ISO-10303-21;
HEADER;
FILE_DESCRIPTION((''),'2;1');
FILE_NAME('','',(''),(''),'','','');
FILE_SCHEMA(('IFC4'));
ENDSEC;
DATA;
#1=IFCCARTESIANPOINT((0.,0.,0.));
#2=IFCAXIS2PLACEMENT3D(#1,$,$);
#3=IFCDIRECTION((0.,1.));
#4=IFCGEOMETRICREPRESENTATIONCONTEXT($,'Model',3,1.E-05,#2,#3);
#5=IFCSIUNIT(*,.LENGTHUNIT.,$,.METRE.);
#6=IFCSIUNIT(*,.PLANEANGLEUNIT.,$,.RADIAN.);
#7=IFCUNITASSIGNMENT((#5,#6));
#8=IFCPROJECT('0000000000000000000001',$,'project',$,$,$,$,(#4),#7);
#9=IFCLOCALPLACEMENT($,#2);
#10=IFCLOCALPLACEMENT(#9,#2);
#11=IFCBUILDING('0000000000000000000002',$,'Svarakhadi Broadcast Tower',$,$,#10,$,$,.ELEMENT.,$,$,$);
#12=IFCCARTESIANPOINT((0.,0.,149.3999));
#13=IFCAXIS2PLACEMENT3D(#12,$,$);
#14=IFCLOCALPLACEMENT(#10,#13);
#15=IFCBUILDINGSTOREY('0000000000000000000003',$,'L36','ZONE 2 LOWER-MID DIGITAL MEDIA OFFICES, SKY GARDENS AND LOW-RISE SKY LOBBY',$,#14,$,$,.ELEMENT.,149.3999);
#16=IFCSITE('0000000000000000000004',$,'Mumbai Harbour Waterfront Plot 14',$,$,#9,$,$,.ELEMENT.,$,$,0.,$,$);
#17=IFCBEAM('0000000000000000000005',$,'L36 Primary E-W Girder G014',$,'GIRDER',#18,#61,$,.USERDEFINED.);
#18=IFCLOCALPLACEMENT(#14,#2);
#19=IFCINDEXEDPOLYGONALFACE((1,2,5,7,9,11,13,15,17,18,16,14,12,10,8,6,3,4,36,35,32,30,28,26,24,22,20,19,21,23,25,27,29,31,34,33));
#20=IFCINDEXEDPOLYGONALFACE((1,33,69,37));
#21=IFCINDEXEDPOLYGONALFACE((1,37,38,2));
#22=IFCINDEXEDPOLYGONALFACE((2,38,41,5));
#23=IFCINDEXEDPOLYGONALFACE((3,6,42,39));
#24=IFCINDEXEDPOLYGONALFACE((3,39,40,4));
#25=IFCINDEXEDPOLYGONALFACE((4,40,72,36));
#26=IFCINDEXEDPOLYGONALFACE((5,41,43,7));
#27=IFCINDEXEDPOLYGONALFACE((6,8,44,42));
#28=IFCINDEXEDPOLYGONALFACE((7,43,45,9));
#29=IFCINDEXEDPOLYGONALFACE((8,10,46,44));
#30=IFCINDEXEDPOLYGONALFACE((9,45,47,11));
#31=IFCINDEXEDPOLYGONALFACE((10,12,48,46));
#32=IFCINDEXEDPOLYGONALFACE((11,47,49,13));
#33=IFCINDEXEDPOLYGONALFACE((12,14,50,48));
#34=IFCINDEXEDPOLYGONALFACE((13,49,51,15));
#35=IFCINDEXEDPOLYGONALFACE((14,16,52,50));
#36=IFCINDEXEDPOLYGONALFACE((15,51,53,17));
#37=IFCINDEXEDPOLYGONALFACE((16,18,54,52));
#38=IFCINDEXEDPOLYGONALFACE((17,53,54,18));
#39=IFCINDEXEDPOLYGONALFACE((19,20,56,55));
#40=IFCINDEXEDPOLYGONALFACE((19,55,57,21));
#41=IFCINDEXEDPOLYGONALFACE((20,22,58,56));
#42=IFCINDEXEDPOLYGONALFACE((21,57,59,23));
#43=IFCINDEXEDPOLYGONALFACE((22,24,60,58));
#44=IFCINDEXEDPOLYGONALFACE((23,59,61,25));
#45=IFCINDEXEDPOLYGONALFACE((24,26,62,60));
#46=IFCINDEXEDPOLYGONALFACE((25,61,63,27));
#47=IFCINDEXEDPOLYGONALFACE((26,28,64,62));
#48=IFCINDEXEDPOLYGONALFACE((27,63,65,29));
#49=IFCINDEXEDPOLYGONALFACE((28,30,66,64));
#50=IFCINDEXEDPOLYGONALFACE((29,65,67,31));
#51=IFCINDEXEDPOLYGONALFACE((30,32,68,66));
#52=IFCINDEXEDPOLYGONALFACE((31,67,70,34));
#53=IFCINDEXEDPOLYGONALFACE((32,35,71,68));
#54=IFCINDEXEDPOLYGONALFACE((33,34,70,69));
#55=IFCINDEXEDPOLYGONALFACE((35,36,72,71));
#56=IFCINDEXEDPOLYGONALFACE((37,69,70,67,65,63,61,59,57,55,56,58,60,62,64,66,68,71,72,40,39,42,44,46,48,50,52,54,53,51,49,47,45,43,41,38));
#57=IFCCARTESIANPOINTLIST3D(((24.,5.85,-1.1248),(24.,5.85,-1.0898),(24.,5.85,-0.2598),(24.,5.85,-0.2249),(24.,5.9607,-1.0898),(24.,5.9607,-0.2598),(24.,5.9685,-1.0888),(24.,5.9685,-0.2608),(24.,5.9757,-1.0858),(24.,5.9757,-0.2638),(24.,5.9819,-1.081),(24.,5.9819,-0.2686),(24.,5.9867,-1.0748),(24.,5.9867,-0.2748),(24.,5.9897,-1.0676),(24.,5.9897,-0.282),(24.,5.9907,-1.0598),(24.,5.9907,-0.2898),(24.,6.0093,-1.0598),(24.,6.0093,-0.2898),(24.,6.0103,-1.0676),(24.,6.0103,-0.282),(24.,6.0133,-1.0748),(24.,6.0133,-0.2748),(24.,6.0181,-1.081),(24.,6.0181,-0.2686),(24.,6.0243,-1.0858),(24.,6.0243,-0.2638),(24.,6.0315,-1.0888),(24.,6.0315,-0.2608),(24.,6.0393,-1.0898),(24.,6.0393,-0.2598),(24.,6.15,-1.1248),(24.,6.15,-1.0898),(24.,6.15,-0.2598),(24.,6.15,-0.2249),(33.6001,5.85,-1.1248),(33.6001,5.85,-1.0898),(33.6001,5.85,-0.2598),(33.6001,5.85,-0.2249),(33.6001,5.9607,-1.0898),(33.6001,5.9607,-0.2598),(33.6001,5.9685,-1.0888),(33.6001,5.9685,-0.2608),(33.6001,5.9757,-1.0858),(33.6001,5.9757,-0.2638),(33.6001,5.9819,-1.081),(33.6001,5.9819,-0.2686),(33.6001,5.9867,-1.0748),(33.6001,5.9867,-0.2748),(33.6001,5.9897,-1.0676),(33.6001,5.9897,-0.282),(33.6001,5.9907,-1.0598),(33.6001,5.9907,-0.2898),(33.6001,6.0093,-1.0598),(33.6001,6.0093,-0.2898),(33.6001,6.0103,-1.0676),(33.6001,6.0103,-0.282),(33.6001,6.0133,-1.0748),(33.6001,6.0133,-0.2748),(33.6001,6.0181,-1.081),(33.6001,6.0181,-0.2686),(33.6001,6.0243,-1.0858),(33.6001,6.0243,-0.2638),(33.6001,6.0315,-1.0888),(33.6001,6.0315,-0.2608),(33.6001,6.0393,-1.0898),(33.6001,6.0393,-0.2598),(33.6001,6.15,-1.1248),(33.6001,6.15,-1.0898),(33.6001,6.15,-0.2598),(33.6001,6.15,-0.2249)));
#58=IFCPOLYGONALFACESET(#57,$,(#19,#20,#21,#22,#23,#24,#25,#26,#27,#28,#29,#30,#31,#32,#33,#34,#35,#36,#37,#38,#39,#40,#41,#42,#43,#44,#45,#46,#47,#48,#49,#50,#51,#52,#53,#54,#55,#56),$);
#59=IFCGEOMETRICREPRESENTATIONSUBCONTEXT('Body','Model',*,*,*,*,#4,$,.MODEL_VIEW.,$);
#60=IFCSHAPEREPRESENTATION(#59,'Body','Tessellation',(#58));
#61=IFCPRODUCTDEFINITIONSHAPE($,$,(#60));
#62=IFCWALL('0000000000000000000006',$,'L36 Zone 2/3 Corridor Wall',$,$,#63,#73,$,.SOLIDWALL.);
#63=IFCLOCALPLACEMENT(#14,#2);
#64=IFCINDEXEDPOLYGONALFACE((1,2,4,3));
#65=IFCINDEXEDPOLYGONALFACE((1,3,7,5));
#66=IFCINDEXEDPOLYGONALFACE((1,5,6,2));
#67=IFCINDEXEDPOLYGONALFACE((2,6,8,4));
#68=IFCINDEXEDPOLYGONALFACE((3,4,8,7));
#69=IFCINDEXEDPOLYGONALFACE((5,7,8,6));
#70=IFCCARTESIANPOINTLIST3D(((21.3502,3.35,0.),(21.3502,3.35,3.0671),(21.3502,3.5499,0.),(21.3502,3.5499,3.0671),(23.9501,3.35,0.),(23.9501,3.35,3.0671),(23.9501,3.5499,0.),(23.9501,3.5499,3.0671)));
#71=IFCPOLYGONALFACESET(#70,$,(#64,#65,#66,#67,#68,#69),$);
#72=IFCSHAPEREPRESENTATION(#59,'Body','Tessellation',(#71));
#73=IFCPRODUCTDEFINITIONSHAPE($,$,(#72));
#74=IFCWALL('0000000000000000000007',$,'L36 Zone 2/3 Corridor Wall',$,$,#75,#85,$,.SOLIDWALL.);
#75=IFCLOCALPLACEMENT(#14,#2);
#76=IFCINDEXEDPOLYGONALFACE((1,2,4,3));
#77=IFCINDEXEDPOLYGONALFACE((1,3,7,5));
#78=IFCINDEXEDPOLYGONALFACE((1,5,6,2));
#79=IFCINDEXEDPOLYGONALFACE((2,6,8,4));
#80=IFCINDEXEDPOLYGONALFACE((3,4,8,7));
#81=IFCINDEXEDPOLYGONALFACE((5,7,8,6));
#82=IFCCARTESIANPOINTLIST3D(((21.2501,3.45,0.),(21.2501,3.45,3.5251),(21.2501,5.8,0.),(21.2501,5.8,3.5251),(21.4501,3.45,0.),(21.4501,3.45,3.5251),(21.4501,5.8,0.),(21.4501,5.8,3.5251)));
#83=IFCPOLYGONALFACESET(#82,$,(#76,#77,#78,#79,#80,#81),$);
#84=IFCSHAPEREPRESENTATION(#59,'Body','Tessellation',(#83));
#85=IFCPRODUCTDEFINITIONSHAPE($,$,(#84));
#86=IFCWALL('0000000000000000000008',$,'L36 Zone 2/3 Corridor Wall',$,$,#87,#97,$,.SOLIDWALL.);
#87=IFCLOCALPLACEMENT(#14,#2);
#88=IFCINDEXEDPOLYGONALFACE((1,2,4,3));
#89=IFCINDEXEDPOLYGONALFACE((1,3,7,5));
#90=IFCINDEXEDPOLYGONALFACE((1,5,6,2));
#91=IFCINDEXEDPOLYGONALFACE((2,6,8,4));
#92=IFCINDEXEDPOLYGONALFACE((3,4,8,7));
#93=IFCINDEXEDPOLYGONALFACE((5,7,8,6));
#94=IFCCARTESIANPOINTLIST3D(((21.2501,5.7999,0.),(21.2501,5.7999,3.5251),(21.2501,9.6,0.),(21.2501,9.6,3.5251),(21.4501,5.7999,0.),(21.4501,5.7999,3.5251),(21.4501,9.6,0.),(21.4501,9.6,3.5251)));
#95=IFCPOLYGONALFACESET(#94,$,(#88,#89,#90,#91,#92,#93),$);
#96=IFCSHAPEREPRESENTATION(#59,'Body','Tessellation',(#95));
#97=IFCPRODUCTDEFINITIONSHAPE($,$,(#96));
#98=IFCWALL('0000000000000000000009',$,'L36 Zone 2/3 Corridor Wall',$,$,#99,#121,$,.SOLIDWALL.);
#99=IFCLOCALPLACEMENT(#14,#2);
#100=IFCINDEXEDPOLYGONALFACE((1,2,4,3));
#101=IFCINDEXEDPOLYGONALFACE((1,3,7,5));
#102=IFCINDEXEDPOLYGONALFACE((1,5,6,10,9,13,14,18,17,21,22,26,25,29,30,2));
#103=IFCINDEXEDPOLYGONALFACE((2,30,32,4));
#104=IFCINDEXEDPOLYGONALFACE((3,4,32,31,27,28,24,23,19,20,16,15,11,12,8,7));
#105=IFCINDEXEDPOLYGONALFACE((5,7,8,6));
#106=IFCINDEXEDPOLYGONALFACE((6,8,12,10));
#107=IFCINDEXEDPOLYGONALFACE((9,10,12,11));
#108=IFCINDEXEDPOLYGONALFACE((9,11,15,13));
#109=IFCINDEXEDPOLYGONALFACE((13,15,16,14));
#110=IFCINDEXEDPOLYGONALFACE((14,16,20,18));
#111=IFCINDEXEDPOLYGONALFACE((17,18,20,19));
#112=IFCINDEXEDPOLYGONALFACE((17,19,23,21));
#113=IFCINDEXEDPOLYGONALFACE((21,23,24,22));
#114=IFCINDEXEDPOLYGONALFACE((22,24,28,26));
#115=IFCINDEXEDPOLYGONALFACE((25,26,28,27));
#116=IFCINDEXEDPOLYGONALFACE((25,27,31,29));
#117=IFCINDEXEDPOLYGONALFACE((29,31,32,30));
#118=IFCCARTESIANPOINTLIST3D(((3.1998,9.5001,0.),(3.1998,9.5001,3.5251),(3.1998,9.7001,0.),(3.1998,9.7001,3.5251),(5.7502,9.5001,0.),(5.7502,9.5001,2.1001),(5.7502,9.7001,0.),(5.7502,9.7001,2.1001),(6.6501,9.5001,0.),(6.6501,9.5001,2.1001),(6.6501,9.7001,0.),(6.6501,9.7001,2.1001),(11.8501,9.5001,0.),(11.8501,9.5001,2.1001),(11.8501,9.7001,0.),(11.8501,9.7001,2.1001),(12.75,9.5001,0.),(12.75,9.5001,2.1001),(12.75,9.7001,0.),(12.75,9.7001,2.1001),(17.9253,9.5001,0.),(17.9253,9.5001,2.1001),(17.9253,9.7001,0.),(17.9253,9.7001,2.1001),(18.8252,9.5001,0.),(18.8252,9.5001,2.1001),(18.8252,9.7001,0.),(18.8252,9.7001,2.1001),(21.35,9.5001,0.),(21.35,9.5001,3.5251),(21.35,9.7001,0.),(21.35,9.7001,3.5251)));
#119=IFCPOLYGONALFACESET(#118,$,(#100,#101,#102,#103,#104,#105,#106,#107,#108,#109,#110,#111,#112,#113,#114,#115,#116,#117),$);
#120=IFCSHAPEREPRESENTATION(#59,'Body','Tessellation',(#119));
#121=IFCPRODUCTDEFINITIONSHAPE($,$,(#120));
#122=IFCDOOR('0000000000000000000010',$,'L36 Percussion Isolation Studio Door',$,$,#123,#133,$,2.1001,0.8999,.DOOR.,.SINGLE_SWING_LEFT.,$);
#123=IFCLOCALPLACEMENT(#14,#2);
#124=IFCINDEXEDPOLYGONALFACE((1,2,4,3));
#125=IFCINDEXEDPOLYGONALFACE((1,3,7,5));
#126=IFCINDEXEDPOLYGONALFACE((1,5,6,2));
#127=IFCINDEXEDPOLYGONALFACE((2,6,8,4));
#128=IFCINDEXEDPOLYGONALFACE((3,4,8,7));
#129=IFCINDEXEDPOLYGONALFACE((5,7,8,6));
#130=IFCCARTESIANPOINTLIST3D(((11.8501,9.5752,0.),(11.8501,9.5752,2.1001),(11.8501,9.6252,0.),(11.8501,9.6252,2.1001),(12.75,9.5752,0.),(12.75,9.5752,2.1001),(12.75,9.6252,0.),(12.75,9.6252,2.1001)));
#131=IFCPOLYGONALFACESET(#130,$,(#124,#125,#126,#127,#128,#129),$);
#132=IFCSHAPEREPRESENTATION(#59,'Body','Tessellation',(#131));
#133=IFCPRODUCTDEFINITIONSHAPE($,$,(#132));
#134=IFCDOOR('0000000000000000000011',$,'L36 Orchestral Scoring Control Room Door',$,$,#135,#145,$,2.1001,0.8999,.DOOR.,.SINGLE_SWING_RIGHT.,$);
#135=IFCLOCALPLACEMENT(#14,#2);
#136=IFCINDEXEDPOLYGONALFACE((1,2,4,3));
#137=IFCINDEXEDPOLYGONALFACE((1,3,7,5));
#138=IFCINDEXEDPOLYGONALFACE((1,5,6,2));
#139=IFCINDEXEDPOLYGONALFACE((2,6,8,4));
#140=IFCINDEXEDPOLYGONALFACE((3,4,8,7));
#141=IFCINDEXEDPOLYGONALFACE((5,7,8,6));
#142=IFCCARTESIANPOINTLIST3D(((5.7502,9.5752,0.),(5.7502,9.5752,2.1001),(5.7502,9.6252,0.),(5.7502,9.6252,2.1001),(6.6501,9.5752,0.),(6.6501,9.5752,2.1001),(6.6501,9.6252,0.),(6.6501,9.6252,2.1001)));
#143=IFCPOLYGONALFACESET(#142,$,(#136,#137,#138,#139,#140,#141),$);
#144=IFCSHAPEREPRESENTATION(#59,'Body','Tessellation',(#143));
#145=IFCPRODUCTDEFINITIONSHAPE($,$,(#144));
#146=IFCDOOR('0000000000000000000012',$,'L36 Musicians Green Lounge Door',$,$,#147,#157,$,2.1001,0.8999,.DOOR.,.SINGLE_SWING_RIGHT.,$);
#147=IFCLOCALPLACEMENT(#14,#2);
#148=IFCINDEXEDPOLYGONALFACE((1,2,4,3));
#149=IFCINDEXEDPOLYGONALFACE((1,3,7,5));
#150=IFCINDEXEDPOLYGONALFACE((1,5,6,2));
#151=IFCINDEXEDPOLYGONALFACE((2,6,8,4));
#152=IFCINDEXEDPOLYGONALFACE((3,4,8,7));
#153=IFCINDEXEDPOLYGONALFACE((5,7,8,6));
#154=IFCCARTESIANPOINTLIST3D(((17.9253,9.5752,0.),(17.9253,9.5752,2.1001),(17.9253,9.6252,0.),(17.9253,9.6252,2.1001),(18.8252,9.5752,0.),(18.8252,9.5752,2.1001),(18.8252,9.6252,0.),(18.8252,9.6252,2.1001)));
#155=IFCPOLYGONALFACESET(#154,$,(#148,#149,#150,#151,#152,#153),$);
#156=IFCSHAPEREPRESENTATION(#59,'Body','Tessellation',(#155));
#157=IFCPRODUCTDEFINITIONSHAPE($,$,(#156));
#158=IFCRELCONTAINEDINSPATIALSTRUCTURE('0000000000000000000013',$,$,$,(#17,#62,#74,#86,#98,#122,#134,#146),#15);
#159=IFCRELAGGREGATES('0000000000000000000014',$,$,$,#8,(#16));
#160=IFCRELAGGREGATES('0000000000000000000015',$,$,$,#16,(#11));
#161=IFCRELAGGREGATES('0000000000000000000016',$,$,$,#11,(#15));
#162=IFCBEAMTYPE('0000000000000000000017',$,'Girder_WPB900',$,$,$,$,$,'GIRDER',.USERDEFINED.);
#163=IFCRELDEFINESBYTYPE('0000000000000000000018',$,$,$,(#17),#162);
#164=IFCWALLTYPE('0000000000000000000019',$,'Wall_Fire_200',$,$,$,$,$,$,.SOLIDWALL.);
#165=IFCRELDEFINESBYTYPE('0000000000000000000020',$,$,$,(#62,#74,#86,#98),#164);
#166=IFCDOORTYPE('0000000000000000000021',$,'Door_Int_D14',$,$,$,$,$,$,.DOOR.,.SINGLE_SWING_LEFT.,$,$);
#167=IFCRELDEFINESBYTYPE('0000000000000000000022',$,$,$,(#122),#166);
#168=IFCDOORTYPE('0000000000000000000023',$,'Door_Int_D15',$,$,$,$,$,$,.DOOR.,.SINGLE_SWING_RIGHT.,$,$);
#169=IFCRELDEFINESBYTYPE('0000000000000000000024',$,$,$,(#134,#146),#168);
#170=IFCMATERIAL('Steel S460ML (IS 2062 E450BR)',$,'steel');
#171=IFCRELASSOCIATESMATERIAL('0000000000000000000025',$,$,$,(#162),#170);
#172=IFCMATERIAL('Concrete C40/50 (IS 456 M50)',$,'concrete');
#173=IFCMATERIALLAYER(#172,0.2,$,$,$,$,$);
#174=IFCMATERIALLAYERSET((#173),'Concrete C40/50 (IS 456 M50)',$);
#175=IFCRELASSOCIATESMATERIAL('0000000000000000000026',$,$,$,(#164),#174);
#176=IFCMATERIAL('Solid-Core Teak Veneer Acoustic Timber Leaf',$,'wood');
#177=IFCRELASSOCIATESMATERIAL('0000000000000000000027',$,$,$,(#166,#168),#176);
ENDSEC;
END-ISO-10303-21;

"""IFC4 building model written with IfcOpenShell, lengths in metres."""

from ifc_helpers import new_model, si_unit, direction, frame, frame_2d, origin, origin_2d, place, context, subcontext, project, spatial, rectangle, i_section, extrude, material, layer, layer_set, material_profile, profile_set, type_object, element, fill, save


model = new_model("IFC4")

# Units and contexts
model_context = context("Model", 3, precision=1e-05, world=origin(), true_north=direction((0.0, 1.0)))
body_context = subcontext(model_context, "Body", "Model", "MODEL_VIEW")
ifc_project = project(units=[si_unit("LENGTHUNIT", "METRE"), si_unit("PLANEANGLEUNIT", "RADIAN")], contexts=[model_context])

# Site, building, storey
site_placement = place(None, origin())
site = spatial("IfcSite", under=ifc_project, at=site_placement, Name="Mumbai Harbour Waterfront Plot 14", CompositionType="ELEMENT", RefElevation=0.0)
building_placement = place(site_placement, origin())
building = spatial("IfcBuilding", under=site, at=building_placement, Name="Svarakhadi Broadcast Tower", CompositionType="ELEMENT")
storey_placement = place(building_placement, frame((0.0, 0.0, 149.3999)))
storey = spatial("IfcBuildingStorey", under=building, at=storey_placement, Name="L36", Description="ZONE 2 LOWER-MID DIGITAL MEDIA OFFICES, SKY GARDENS AND LOW-RISE SKY LOBBY", CompositionType="ELEMENT", Elevation=149.3999)

# Beam
ifc_material_1 = material(Name="Steel S460ML (IS 2062 E450BR)", Category="steel")
ifc_material_profile_1 = material_profile(ifc_material_1, i_section(OverallWidth=0.3, OverallDepth=0.8999, WebThickness=0.0186, FlangeThickness=0.0349, FilletRadius=0.03, at=origin_2d()), Name="WPB 900x300x291")
ifc_profile_set_1 = profile_set([ifc_material_profile_1], Name="Steel S460ML (IS 2062 E450BR)")
beam_type_1 = type_object("IfcBeamType", Name="Girder_WPB900", ElementType="GIRDER", PredefinedType="USERDEFINED", material=ifc_profile_set_1)
beam_1_placement = place(storey_placement, frame((24.0, 6.0, -0.6748), z_axis=(1.0, 0.0, 0.0), x_axis=(0.0, 1.0, 0.0)))
element("IfcBeam", 1, at=beam_1_placement, inside=storey, type_object=beam_type_1, Name="L36 Primary E-W Girder G014", ObjectType="GIRDER", PredefinedType="USERDEFINED", context=body_context, shape_type="SweptSolid", body=[
    extrude(i_section(OverallWidth=0.3, OverallDepth=0.8999, WebThickness=0.0186, FlangeThickness=0.0349, FilletRadius=0.03, at=origin_2d()), origin(), (0.0, 0.0, 1.0), 9.6001),
])

# Walls
ifc_material_2 = material(Name="Concrete C40/50 (IS 456 M50)", Category="concrete")
ifc_layer_1 = layer(ifc_material_2, 0.2)
ifc_layer_set_1 = layer_set([ifc_layer_1], Name="Concrete C40/50 (IS 456 M50)")
wall_type_1 = type_object("IfcWallType", Name="Wall_Fire_200", PredefinedType="SOLIDWALL", material=ifc_layer_set_1)
wall_1_placement = place(storey_placement, frame((23.95, 3.45, 0.0), z_axis=(0.0, 0.0, 1.0), x_axis=(-1.0, 0.0, 0.0)))
element("IfcWall", 2, at=wall_1_placement, inside=storey, type_object=wall_type_1, Name="L36 Zone 2/3 Corridor Wall", PredefinedType="SOLIDWALL", context=body_context, shape_type="SweptSolid", body=[
    extrude(rectangle(XDim=2.5999, YDim=0.2, at=frame_2d((1.2998, 0.0))), origin(), (0.0, 0.0, 1.0), 3.0671),
])
wall_2_placement = place(storey_placement, frame((21.3501, 3.45, 0.0), z_axis=(0.0, 0.0, 1.0), x_axis=(0.0, 1.0, 0.0)))
element("IfcWall", 3, at=wall_2_placement, inside=storey, type_object=wall_type_1, Name="L36 Zone 2/3 Corridor Wall", PredefinedType="SOLIDWALL", context=body_context, shape_type="SweptSolid", body=[
    extrude(rectangle(XDim=2.3501, YDim=0.2, at=frame_2d((1.175, 0.0))), origin(), (0.0, 0.0, 1.0), 3.5251),
])
wall_3_placement = place(storey_placement, frame((21.3501, 5.8, 0.0), z_axis=(0.0, 0.0, 1.0), x_axis=(0.0, 1.0, 0.0)))
element("IfcWall", 4, at=wall_3_placement, inside=storey, type_object=wall_type_1, Name="L36 Zone 2/3 Corridor Wall", PredefinedType="SOLIDWALL", context=body_context, shape_type="SweptSolid", body=[
    extrude(rectangle(XDim=3.8, YDim=0.2, at=frame_2d((1.8999, 0.0))), origin(), (0.0, 0.0, 1.0), 3.5251),
])

# Wall, openings, doors
wall_4_placement = place(storey_placement, frame((21.3501, 9.6001, 0.0), z_axis=(0.0, 0.0, 1.0), x_axis=(-1.0, 0.0, 0.0)))
wall_4 = element("IfcWall", 5, at=wall_4_placement, inside=storey, type_object=wall_type_1, Name="L36 Zone 2/3 Corridor Wall", PredefinedType="SOLIDWALL", context=body_context, shape_type="SweptSolid", body=[
    extrude(rectangle(XDim=18.1501, YDim=0.2, at=frame_2d((9.0752, 0.0))), origin(), (0.0, 0.0, 1.0), 3.5251),
])
opening_1_placement = place(wall_4_placement, frame((14.7, 0.0, 0.0)))
opening_1 = element("IfcOpeningElement", 6, at=opening_1_placement, cuts=wall_4, PredefinedType="OPENING", context=body_context, shape_type="SweptSolid", body=[
    extrude(rectangle(XDim=0.8999, YDim=2.1001, at=frame_2d((0.45, 1.05))), frame((0.0, 0.1099, 0.0), z_axis=(0.0, -1.0, 0.0), x_axis=(1.0, 0.0, 0.0)), (0.0, 0.0, 1.0), 0.22),
])
opening_2_placement = place(wall_4_placement, frame((8.6001, 0.0, 0.0)))
opening_2 = element("IfcOpeningElement", 7, at=opening_2_placement, cuts=wall_4, PredefinedType="OPENING", context=body_context, shape_type="SweptSolid", body=[
    extrude(rectangle(XDim=0.8999, YDim=2.1001, at=frame_2d((0.45, 1.05))), frame((0.0, 0.1099, 0.0), z_axis=(0.0, -1.0, 0.0), x_axis=(1.0, 0.0, 0.0)), (0.0, 0.0, 1.0), 0.22),
])
opening_3_placement = place(wall_4_placement, frame((2.5249, 0.0, 0.0)))
opening_3 = element("IfcOpeningElement", 8, at=opening_3_placement, cuts=wall_4, PredefinedType="OPENING", context=body_context, shape_type="SweptSolid", body=[
    extrude(rectangle(XDim=0.8999, YDim=2.1001, at=frame_2d((0.45, 1.05))), frame((0.0, 0.1099, 0.0), z_axis=(0.0, -1.0, 0.0), x_axis=(1.0, 0.0, 0.0)), (0.0, 0.0, 1.0), 0.22),
])
ifc_material_3 = material(Name="Solid-Core Teak Veneer Acoustic Timber Leaf", Category="wood")
door_type_1 = type_object("IfcDoorType", Name="Door_Int_D14", OperationType="SINGLE_SWING_LEFT", PredefinedType="DOOR", material=ifc_material_3)
door_1_placement = place(opening_2_placement, origin())
door_1 = element("IfcDoor", 9, at=door_1_placement, inside=storey, type_object=door_type_1, Name="L36 Percussion Isolation Studio Door", OperationType="SINGLE_SWING_LEFT", OverallHeight=2.1001, OverallWidth=0.8999, PredefinedType="DOOR", context=body_context, shape_type="SweptSolid", body=[
    extrude(rectangle(XDim=0.8999, YDim=2.1001, at=frame_2d((0.45, 1.05))), frame((0.0, 0.0249, 0.0), z_axis=(0.0, -1.0, 0.0), x_axis=(1.0, 0.0, 0.0)), (0.0, 0.0, 1.0), 0.05),
])
fill(opening_2, door_1)
door_type_2 = type_object("IfcDoorType", Name="Door_Int_D15", OperationType="SINGLE_SWING_RIGHT", PredefinedType="DOOR", material=ifc_material_3)
door_2_placement = place(opening_1_placement, origin())
door_2 = element("IfcDoor", 10, at=door_2_placement, inside=storey, type_object=door_type_2, Name="L36 Orchestral Scoring Control Room Door", OperationType="SINGLE_SWING_RIGHT", OverallHeight=2.1001, OverallWidth=0.8999, PredefinedType="DOOR", context=body_context, shape_type="SweptSolid", body=[
    extrude(rectangle(XDim=0.8999, YDim=2.1001, at=frame_2d((0.45, 1.05))), frame((0.0, 0.0249, 0.0), z_axis=(0.0, -1.0, 0.0), x_axis=(1.0, 0.0, 0.0)), (0.0, 0.0, 1.0), 0.05),
])
fill(opening_1, door_2)
door_3_placement = place(opening_3_placement, origin())
door_3 = element("IfcDoor", 11, at=door_3_placement, inside=storey, type_object=door_type_2, Name="L36 Musicians Green Lounge Door", OperationType="SINGLE_SWING_RIGHT", OverallHeight=2.1001, OverallWidth=0.8999, PredefinedType="DOOR", context=body_context, shape_type="SweptSolid", body=[
    extrude(rectangle(XDim=0.8999, YDim=2.1001, at=frame_2d((0.45, 1.05))), frame((0.0, 0.0249, 0.0), z_axis=(0.0, -1.0, 0.0), x_axis=(1.0, 0.0, 0.0)), (0.0, 0.0, 1.0), 0.05),
])
fill(opening_3, door_3)

save(model, "model.ifc")
